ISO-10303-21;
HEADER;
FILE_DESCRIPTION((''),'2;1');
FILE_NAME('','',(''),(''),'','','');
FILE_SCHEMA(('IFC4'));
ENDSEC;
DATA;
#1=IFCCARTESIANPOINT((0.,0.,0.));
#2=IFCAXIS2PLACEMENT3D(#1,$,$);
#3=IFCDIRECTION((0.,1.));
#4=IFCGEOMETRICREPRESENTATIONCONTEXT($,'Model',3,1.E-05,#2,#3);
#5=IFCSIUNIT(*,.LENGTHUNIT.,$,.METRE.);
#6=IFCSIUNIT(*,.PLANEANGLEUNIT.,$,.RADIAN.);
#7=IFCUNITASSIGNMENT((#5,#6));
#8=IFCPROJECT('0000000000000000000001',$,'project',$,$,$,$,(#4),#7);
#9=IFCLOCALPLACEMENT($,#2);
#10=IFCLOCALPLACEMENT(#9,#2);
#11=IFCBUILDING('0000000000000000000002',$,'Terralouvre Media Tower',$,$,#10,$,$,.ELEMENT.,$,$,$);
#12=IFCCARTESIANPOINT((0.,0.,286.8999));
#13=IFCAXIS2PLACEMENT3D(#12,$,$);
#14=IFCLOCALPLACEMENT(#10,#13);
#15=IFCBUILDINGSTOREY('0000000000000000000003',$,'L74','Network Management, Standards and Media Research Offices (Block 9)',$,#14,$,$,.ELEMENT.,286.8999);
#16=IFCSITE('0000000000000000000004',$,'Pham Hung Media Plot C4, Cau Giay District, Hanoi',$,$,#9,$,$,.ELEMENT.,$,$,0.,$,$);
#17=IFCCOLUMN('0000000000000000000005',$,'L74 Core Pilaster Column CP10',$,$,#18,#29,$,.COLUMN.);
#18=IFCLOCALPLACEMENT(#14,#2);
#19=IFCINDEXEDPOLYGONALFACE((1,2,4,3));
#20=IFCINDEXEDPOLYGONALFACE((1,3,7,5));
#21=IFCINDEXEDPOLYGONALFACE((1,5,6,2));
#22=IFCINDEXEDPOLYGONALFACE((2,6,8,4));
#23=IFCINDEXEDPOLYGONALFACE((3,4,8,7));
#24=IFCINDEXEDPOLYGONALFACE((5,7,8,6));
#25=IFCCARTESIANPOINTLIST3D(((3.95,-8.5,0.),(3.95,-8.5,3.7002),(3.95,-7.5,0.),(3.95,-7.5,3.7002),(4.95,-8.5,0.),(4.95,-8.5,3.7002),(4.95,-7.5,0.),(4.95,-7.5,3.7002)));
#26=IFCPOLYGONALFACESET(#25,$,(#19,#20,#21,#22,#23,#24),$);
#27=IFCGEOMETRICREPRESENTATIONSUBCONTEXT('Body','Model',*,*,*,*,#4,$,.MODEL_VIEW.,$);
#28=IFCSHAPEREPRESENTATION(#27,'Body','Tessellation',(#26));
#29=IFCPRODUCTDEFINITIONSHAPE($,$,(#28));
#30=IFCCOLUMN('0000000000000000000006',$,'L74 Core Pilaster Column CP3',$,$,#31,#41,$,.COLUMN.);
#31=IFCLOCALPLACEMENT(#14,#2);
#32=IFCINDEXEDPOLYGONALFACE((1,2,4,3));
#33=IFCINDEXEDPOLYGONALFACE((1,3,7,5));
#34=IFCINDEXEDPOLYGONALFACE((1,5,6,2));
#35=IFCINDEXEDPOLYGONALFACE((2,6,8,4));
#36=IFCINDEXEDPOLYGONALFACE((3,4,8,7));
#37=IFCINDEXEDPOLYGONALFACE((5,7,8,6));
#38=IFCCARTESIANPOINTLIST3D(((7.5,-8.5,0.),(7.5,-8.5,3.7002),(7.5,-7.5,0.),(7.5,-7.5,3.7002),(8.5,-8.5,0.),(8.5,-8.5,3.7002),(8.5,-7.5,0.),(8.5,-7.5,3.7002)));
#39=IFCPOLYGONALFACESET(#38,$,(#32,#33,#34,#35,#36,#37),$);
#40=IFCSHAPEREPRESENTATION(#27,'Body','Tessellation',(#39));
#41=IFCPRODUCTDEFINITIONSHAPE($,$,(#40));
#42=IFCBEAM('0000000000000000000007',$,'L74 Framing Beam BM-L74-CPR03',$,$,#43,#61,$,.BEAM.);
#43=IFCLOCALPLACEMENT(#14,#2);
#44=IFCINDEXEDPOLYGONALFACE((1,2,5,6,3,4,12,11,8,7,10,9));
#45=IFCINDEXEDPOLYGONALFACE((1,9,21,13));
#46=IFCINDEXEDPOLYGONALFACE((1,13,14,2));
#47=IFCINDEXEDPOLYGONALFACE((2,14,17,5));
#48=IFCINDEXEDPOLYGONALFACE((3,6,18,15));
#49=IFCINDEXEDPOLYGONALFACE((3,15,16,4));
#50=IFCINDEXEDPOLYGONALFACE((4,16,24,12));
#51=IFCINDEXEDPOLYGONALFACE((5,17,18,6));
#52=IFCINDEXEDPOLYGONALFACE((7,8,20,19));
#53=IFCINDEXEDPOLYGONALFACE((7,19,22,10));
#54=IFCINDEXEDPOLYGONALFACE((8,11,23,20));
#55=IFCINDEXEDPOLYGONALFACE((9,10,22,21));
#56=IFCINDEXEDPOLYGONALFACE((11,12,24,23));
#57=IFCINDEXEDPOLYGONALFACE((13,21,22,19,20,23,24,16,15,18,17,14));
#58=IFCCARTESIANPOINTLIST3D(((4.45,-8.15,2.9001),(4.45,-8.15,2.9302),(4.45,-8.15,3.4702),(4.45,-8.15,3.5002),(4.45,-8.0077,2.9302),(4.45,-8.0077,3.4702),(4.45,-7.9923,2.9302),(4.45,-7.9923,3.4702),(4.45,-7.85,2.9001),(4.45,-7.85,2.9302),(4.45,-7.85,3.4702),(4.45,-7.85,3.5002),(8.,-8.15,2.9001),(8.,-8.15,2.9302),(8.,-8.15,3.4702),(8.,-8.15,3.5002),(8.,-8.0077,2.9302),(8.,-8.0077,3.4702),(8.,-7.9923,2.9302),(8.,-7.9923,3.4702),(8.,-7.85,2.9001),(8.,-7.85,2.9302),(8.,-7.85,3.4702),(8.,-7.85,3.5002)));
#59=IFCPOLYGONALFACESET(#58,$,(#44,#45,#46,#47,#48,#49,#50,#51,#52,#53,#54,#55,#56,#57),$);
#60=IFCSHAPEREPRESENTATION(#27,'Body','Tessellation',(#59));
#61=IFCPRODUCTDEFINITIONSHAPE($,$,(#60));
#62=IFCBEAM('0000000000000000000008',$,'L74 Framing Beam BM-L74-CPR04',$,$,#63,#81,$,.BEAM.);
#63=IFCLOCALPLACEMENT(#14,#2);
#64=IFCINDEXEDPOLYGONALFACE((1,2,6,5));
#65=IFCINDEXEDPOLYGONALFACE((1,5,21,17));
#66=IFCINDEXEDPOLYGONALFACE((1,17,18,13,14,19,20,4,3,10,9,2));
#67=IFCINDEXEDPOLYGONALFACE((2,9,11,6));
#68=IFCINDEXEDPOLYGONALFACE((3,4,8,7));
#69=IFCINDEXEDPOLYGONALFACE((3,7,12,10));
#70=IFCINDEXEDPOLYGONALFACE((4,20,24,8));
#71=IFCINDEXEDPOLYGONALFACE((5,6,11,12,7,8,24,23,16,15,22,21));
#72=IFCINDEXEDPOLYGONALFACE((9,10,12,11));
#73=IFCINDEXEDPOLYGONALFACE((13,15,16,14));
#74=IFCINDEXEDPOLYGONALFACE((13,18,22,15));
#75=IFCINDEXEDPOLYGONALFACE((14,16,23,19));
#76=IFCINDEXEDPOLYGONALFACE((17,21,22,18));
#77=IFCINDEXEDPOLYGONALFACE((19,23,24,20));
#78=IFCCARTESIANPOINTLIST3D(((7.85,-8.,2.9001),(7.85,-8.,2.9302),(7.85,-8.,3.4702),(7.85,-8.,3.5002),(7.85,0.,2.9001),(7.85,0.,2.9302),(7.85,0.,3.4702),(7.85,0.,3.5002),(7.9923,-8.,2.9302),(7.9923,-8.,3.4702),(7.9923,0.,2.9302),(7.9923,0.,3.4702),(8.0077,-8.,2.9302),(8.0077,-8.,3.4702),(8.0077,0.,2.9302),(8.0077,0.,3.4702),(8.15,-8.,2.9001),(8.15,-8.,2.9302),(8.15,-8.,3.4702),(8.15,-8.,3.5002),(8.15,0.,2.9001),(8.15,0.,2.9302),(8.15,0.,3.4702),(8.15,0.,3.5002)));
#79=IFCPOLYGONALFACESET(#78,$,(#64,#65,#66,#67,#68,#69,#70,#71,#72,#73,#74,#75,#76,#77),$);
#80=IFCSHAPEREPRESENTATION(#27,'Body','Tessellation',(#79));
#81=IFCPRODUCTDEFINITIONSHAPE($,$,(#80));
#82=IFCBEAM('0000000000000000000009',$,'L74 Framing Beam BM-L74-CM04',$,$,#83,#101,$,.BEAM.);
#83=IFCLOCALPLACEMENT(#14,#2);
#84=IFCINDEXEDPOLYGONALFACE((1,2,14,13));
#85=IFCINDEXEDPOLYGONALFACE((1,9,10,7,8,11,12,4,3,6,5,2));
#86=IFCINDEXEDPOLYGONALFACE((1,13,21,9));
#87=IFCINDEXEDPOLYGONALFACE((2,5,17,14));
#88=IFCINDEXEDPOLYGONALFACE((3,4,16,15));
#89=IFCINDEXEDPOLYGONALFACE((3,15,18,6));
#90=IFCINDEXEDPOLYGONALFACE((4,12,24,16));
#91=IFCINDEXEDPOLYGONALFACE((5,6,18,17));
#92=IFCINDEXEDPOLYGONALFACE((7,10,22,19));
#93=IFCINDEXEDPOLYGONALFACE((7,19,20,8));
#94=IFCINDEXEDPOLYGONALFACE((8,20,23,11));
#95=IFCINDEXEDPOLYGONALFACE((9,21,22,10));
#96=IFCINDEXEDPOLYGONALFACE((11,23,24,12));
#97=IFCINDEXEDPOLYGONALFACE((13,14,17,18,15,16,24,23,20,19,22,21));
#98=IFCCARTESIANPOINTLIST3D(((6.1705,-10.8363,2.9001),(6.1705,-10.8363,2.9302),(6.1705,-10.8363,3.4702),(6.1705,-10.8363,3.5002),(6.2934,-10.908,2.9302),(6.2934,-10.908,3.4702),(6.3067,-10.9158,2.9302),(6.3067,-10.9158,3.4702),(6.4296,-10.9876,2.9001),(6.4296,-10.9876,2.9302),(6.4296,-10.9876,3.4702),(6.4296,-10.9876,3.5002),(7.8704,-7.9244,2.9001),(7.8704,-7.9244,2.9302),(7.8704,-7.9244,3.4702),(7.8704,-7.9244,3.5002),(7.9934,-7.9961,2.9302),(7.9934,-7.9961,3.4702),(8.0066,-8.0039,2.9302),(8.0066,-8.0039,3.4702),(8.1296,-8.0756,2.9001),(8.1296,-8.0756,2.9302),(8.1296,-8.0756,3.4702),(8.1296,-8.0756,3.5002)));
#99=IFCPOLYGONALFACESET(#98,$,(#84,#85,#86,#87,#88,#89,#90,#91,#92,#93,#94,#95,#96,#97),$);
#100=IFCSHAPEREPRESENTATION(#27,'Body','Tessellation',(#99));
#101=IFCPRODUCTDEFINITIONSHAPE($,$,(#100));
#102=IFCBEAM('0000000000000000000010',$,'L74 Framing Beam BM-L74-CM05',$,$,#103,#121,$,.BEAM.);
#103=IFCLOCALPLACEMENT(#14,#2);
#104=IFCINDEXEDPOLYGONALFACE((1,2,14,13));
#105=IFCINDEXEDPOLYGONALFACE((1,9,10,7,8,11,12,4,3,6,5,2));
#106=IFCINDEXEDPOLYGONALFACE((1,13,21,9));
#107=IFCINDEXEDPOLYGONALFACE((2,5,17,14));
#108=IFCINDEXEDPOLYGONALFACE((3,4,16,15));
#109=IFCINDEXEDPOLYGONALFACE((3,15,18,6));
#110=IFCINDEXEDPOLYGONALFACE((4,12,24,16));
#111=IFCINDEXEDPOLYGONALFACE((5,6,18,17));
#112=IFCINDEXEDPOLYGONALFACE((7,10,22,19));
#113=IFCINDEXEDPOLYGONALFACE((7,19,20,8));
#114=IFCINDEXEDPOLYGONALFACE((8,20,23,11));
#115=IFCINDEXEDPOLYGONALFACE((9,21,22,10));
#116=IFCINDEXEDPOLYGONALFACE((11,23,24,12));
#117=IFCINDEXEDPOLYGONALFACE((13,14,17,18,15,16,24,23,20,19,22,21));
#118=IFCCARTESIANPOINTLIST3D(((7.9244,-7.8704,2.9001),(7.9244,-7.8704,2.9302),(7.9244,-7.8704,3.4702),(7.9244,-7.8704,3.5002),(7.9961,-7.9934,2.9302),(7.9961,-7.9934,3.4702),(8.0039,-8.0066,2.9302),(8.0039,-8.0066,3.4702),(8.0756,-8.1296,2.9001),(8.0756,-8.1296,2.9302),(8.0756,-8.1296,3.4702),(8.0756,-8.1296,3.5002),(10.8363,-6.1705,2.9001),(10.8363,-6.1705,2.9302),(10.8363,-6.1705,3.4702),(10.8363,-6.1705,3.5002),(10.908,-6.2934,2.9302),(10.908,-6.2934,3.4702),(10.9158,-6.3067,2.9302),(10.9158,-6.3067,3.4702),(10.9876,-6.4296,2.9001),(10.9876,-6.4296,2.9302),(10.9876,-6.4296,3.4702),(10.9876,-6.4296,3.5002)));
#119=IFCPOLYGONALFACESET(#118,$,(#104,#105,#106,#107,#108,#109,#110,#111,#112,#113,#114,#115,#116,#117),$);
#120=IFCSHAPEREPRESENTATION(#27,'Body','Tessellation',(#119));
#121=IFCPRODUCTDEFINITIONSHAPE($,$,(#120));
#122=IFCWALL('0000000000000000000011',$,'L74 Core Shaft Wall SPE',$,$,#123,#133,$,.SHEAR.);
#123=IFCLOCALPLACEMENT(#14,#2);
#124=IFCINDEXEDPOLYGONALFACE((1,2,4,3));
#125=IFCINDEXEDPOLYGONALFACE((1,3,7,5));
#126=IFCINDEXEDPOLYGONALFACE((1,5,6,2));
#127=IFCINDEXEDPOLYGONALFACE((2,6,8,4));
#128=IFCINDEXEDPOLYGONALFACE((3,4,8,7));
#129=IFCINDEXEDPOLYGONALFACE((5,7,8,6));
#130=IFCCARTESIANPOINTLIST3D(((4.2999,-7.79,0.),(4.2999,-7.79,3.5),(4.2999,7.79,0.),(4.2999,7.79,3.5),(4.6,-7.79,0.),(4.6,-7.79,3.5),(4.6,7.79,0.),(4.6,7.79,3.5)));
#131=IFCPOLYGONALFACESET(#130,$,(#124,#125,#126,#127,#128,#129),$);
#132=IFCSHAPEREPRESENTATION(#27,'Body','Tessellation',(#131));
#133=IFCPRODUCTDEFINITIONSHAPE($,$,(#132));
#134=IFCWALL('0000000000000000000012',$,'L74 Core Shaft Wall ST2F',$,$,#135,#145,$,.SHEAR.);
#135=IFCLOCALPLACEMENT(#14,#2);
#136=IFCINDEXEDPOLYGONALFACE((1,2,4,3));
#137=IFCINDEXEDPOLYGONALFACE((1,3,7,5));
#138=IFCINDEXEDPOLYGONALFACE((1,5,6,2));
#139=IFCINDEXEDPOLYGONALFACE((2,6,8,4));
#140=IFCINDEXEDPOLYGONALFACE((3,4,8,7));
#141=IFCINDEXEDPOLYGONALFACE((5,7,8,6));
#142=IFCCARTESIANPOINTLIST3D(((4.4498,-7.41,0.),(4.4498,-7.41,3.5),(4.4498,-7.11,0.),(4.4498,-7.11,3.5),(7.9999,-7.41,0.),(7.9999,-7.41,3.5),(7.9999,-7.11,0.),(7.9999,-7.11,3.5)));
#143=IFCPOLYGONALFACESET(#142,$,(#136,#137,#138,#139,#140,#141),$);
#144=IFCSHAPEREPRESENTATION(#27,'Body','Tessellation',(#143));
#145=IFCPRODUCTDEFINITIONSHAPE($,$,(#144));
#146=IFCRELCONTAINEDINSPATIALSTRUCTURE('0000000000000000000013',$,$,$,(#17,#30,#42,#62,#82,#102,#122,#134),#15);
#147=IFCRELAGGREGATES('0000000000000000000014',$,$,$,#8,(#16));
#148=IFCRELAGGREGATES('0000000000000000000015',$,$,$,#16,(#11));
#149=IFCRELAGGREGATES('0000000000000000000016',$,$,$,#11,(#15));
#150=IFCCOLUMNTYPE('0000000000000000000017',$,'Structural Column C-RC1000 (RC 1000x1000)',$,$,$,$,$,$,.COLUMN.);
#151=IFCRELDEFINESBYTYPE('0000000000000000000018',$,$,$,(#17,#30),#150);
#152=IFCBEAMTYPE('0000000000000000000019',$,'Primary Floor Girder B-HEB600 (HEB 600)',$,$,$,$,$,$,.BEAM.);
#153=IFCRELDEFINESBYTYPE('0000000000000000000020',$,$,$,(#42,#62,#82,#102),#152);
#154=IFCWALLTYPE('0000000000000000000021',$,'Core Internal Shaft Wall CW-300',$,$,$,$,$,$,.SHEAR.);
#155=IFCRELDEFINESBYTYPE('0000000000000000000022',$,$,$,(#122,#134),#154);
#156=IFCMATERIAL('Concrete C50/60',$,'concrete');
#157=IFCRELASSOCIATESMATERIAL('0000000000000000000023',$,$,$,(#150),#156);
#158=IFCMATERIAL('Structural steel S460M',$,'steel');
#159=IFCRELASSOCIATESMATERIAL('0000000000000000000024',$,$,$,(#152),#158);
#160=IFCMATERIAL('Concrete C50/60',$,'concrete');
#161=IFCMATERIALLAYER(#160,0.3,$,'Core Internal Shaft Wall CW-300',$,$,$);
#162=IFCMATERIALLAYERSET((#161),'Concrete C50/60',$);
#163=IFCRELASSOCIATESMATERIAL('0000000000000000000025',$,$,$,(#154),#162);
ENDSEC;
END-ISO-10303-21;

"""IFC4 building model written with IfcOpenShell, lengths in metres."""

from ifc_helpers import new_model, si_unit, direction, frame, frame_2d, origin, origin_2d, place, context, subcontext, project, spatial, rectangle, i_section, extrude, material, layer, layer_set, material_profile, profile_set, type_object, element, save


model = new_model("IFC4")

# Units and contexts
model_context = context("Model", 3, precision=1e-05, world=origin(), true_north=direction((0.0, 1.0)))
body_context = subcontext(model_context, "Body", "Model", "MODEL_VIEW")
ifc_project = project(units=[si_unit("LENGTHUNIT", "METRE"), si_unit("PLANEANGLEUNIT", "RADIAN")], contexts=[model_context])

# Site, building, storey
site_placement = place(None, origin())
site = spatial("IfcSite", under=ifc_project, at=site_placement, Name="Pham Hung Media Plot C4, Cau Giay District, Hanoi", CompositionType="ELEMENT", RefElevation=0.0)
building_placement = place(site_placement, origin())
building = spatial("IfcBuilding", under=site, at=building_placement, Name="Terralouvre Media Tower", CompositionType="ELEMENT")
storey_placement = place(building_placement, frame((0.0, 0.0, 286.8999)))
storey = spatial("IfcBuildingStorey", under=building, at=storey_placement, Name="L74", Description="Network Management, Standards and Media Research Offices (Block 9)", CompositionType="ELEMENT", Elevation=286.8999)

# Columns
ifc_material_1 = material(Name="Concrete C50/60", Category="concrete")
ifc_material_profile_1 = material_profile(ifc_material_1, rectangle(XDim=1.0, YDim=1.0, at=origin_2d()), Name="RC 1000x1000")
ifc_profile_set_1 = profile_set([ifc_material_profile_1], Name="Concrete C50/60")
column_type = type_object("IfcColumnType", Name="Structural Column C-RC1000 (RC 1000x1000)", PredefinedType="COLUMN", material=ifc_profile_set_1)
for number, where, z_axis, x_axis, name in (
    (1, (4.45, -8.0, 0.0), (0.0, 0.0, 1.0), (1.0, 0.0, 0.0), "L74 Core Pilaster Column CP10"),
    (2, (8.0, -8.0, 0.0), (0.0, 0.0, 1.0), (1.0, 0.0, 0.0), "L74 Core Pilaster Column CP3"),
):
    element("IfcColumn", number, at=place(storey_placement, frame(where, z_axis=z_axis, x_axis=x_axis)), inside=storey, type_object=column_type, Name=name, PredefinedType="COLUMN", context=body_context, shape_type="SweptSolid", body=[
        extrude(rectangle(XDim=1.0, YDim=1.0, at=origin_2d()), origin(), (0.0, 0.0, 1.0), 3.7002),
    ])

# Beams
ifc_material_2 = material(Name="Structural steel S460M", Category="steel")
ifc_material_profile_2 = material_profile(ifc_material_2, i_section(OverallWidth=0.3, OverallDepth=0.6001, WebThickness=0.0154, FlangeThickness=0.03, at=origin_2d()), Name="HEB 600")
ifc_profile_set_2 = profile_set([ifc_material_profile_2], Name="Structural steel S460M")
beam_type = type_object("IfcBeamType", Name="Primary Floor Girder B-HEB600 (HEB 600)", PredefinedType="BEAM", material=ifc_profile_set_2)
beam_1_placement = place(storey_placement, frame((4.45, -8.0, 3.2002), z_axis=(1.0, 0.0, 0.0), x_axis=(0.0, 1.0, 0.0)))
element("IfcBeam", 3, at=beam_1_placement, inside=storey, type_object=beam_type, Name="L74 Framing Beam BM-L74-CPR03", PredefinedType="BEAM", context=body_context, shape_type="SweptSolid", body=[
    extrude(i_section(OverallWidth=0.3, OverallDepth=0.6001, WebThickness=0.0154, FlangeThickness=0.03, at=origin_2d()), origin(), (0.0, 0.0, 1.0), 3.55),
])
beam_2_placement = place(storey_placement, frame((8.0, -8.0, 3.2002), z_axis=(0.0, 1.0, 0.0), x_axis=(-1.0, 0.0, 0.0)))
element("IfcBeam", 4, at=beam_2_placement, inside=storey, type_object=beam_type, Name="L74 Framing Beam BM-L74-CPR04", PredefinedType="BEAM", context=body_context, shape_type="SweptSolid", body=[
    extrude(i_section(OverallWidth=0.3, OverallDepth=0.6001, WebThickness=0.0154, FlangeThickness=0.03, at=origin_2d()), origin(), (0.0, 0.0, 1.0), 8.0),
])
for number, where, z_axis, x_axis, name in (
    (5, (8.0, -8.0, 3.2002), (-0.504173, -0.863603, 0.0), (0.863603, -0.504173, 0.0), "L74 Framing Beam BM-L74-CM04"),
    (6, (8.0, -8.0, 3.2002), (0.863603, 0.504173, 0.0), (-0.504173, 0.863603, 0.0), "L74 Framing Beam BM-L74-CM05"),
):
    element("IfcBeam", number, at=place(storey_placement, frame(where, z_axis=z_axis, x_axis=x_axis)), inside=storey, type_object=beam_type, Name=name, PredefinedType="BEAM", context=body_context, shape_type="SweptSolid", body=[
        extrude(i_section(OverallWidth=0.3, OverallDepth=0.6001, WebThickness=0.0154, FlangeThickness=0.03, at=origin_2d()), origin(), (0.0, 0.0, 1.0), 3.3718),
    ])

# Wall
ifc_material_3 = material(Name="Concrete C50/60", Category="concrete")
ifc_layer_1 = layer(ifc_material_3, 0.3, Name="Core Internal Shaft Wall CW-300")
ifc_layer_set_1 = layer_set([ifc_layer_1], Name="Concrete C50/60")
wall_type = type_object("IfcWallType", Name="Core Internal Shaft Wall CW-300", PredefinedType="SHEAR", material=ifc_layer_set_1)
wall_1_placement = place(storey_placement, frame((4.45, -7.79, 0.0), z_axis=(0.0, 0.0, 1.0), x_axis=(0.0, 1.0, 0.0)))
element("IfcWall", 7, at=wall_1_placement, inside=storey, type_object=wall_type, Name="L74 Core Shaft Wall SPE", PredefinedType="SHEAR", context=body_context, shape_type="SweptSolid", body=[
    extrude(rectangle(XDim=15.5801, YDim=0.3, at=frame_2d((7.79, 0.0))), origin(), (0.0, 0.0, 1.0), 3.5),
])

# Wall
wall_2_placement = place(storey_placement, frame((4.45, -7.26, 0.0), z_axis=(0.0, 0.0, 1.0), x_axis=(1.0, 0.0, 0.0)))
element("IfcWall", 8, at=wall_2_placement, inside=storey, type_object=wall_type, Name="L74 Core Shaft Wall ST2F", PredefinedType="SHEAR", context=body_context, shape_type="SweptSolid", body=[
    extrude(rectangle(XDim=3.55, YDim=0.3, at=frame_2d((1.7749, 0.0))), origin(), (0.0, 0.0, 1.0), 3.5),
])

save(model, "model.ifc")
